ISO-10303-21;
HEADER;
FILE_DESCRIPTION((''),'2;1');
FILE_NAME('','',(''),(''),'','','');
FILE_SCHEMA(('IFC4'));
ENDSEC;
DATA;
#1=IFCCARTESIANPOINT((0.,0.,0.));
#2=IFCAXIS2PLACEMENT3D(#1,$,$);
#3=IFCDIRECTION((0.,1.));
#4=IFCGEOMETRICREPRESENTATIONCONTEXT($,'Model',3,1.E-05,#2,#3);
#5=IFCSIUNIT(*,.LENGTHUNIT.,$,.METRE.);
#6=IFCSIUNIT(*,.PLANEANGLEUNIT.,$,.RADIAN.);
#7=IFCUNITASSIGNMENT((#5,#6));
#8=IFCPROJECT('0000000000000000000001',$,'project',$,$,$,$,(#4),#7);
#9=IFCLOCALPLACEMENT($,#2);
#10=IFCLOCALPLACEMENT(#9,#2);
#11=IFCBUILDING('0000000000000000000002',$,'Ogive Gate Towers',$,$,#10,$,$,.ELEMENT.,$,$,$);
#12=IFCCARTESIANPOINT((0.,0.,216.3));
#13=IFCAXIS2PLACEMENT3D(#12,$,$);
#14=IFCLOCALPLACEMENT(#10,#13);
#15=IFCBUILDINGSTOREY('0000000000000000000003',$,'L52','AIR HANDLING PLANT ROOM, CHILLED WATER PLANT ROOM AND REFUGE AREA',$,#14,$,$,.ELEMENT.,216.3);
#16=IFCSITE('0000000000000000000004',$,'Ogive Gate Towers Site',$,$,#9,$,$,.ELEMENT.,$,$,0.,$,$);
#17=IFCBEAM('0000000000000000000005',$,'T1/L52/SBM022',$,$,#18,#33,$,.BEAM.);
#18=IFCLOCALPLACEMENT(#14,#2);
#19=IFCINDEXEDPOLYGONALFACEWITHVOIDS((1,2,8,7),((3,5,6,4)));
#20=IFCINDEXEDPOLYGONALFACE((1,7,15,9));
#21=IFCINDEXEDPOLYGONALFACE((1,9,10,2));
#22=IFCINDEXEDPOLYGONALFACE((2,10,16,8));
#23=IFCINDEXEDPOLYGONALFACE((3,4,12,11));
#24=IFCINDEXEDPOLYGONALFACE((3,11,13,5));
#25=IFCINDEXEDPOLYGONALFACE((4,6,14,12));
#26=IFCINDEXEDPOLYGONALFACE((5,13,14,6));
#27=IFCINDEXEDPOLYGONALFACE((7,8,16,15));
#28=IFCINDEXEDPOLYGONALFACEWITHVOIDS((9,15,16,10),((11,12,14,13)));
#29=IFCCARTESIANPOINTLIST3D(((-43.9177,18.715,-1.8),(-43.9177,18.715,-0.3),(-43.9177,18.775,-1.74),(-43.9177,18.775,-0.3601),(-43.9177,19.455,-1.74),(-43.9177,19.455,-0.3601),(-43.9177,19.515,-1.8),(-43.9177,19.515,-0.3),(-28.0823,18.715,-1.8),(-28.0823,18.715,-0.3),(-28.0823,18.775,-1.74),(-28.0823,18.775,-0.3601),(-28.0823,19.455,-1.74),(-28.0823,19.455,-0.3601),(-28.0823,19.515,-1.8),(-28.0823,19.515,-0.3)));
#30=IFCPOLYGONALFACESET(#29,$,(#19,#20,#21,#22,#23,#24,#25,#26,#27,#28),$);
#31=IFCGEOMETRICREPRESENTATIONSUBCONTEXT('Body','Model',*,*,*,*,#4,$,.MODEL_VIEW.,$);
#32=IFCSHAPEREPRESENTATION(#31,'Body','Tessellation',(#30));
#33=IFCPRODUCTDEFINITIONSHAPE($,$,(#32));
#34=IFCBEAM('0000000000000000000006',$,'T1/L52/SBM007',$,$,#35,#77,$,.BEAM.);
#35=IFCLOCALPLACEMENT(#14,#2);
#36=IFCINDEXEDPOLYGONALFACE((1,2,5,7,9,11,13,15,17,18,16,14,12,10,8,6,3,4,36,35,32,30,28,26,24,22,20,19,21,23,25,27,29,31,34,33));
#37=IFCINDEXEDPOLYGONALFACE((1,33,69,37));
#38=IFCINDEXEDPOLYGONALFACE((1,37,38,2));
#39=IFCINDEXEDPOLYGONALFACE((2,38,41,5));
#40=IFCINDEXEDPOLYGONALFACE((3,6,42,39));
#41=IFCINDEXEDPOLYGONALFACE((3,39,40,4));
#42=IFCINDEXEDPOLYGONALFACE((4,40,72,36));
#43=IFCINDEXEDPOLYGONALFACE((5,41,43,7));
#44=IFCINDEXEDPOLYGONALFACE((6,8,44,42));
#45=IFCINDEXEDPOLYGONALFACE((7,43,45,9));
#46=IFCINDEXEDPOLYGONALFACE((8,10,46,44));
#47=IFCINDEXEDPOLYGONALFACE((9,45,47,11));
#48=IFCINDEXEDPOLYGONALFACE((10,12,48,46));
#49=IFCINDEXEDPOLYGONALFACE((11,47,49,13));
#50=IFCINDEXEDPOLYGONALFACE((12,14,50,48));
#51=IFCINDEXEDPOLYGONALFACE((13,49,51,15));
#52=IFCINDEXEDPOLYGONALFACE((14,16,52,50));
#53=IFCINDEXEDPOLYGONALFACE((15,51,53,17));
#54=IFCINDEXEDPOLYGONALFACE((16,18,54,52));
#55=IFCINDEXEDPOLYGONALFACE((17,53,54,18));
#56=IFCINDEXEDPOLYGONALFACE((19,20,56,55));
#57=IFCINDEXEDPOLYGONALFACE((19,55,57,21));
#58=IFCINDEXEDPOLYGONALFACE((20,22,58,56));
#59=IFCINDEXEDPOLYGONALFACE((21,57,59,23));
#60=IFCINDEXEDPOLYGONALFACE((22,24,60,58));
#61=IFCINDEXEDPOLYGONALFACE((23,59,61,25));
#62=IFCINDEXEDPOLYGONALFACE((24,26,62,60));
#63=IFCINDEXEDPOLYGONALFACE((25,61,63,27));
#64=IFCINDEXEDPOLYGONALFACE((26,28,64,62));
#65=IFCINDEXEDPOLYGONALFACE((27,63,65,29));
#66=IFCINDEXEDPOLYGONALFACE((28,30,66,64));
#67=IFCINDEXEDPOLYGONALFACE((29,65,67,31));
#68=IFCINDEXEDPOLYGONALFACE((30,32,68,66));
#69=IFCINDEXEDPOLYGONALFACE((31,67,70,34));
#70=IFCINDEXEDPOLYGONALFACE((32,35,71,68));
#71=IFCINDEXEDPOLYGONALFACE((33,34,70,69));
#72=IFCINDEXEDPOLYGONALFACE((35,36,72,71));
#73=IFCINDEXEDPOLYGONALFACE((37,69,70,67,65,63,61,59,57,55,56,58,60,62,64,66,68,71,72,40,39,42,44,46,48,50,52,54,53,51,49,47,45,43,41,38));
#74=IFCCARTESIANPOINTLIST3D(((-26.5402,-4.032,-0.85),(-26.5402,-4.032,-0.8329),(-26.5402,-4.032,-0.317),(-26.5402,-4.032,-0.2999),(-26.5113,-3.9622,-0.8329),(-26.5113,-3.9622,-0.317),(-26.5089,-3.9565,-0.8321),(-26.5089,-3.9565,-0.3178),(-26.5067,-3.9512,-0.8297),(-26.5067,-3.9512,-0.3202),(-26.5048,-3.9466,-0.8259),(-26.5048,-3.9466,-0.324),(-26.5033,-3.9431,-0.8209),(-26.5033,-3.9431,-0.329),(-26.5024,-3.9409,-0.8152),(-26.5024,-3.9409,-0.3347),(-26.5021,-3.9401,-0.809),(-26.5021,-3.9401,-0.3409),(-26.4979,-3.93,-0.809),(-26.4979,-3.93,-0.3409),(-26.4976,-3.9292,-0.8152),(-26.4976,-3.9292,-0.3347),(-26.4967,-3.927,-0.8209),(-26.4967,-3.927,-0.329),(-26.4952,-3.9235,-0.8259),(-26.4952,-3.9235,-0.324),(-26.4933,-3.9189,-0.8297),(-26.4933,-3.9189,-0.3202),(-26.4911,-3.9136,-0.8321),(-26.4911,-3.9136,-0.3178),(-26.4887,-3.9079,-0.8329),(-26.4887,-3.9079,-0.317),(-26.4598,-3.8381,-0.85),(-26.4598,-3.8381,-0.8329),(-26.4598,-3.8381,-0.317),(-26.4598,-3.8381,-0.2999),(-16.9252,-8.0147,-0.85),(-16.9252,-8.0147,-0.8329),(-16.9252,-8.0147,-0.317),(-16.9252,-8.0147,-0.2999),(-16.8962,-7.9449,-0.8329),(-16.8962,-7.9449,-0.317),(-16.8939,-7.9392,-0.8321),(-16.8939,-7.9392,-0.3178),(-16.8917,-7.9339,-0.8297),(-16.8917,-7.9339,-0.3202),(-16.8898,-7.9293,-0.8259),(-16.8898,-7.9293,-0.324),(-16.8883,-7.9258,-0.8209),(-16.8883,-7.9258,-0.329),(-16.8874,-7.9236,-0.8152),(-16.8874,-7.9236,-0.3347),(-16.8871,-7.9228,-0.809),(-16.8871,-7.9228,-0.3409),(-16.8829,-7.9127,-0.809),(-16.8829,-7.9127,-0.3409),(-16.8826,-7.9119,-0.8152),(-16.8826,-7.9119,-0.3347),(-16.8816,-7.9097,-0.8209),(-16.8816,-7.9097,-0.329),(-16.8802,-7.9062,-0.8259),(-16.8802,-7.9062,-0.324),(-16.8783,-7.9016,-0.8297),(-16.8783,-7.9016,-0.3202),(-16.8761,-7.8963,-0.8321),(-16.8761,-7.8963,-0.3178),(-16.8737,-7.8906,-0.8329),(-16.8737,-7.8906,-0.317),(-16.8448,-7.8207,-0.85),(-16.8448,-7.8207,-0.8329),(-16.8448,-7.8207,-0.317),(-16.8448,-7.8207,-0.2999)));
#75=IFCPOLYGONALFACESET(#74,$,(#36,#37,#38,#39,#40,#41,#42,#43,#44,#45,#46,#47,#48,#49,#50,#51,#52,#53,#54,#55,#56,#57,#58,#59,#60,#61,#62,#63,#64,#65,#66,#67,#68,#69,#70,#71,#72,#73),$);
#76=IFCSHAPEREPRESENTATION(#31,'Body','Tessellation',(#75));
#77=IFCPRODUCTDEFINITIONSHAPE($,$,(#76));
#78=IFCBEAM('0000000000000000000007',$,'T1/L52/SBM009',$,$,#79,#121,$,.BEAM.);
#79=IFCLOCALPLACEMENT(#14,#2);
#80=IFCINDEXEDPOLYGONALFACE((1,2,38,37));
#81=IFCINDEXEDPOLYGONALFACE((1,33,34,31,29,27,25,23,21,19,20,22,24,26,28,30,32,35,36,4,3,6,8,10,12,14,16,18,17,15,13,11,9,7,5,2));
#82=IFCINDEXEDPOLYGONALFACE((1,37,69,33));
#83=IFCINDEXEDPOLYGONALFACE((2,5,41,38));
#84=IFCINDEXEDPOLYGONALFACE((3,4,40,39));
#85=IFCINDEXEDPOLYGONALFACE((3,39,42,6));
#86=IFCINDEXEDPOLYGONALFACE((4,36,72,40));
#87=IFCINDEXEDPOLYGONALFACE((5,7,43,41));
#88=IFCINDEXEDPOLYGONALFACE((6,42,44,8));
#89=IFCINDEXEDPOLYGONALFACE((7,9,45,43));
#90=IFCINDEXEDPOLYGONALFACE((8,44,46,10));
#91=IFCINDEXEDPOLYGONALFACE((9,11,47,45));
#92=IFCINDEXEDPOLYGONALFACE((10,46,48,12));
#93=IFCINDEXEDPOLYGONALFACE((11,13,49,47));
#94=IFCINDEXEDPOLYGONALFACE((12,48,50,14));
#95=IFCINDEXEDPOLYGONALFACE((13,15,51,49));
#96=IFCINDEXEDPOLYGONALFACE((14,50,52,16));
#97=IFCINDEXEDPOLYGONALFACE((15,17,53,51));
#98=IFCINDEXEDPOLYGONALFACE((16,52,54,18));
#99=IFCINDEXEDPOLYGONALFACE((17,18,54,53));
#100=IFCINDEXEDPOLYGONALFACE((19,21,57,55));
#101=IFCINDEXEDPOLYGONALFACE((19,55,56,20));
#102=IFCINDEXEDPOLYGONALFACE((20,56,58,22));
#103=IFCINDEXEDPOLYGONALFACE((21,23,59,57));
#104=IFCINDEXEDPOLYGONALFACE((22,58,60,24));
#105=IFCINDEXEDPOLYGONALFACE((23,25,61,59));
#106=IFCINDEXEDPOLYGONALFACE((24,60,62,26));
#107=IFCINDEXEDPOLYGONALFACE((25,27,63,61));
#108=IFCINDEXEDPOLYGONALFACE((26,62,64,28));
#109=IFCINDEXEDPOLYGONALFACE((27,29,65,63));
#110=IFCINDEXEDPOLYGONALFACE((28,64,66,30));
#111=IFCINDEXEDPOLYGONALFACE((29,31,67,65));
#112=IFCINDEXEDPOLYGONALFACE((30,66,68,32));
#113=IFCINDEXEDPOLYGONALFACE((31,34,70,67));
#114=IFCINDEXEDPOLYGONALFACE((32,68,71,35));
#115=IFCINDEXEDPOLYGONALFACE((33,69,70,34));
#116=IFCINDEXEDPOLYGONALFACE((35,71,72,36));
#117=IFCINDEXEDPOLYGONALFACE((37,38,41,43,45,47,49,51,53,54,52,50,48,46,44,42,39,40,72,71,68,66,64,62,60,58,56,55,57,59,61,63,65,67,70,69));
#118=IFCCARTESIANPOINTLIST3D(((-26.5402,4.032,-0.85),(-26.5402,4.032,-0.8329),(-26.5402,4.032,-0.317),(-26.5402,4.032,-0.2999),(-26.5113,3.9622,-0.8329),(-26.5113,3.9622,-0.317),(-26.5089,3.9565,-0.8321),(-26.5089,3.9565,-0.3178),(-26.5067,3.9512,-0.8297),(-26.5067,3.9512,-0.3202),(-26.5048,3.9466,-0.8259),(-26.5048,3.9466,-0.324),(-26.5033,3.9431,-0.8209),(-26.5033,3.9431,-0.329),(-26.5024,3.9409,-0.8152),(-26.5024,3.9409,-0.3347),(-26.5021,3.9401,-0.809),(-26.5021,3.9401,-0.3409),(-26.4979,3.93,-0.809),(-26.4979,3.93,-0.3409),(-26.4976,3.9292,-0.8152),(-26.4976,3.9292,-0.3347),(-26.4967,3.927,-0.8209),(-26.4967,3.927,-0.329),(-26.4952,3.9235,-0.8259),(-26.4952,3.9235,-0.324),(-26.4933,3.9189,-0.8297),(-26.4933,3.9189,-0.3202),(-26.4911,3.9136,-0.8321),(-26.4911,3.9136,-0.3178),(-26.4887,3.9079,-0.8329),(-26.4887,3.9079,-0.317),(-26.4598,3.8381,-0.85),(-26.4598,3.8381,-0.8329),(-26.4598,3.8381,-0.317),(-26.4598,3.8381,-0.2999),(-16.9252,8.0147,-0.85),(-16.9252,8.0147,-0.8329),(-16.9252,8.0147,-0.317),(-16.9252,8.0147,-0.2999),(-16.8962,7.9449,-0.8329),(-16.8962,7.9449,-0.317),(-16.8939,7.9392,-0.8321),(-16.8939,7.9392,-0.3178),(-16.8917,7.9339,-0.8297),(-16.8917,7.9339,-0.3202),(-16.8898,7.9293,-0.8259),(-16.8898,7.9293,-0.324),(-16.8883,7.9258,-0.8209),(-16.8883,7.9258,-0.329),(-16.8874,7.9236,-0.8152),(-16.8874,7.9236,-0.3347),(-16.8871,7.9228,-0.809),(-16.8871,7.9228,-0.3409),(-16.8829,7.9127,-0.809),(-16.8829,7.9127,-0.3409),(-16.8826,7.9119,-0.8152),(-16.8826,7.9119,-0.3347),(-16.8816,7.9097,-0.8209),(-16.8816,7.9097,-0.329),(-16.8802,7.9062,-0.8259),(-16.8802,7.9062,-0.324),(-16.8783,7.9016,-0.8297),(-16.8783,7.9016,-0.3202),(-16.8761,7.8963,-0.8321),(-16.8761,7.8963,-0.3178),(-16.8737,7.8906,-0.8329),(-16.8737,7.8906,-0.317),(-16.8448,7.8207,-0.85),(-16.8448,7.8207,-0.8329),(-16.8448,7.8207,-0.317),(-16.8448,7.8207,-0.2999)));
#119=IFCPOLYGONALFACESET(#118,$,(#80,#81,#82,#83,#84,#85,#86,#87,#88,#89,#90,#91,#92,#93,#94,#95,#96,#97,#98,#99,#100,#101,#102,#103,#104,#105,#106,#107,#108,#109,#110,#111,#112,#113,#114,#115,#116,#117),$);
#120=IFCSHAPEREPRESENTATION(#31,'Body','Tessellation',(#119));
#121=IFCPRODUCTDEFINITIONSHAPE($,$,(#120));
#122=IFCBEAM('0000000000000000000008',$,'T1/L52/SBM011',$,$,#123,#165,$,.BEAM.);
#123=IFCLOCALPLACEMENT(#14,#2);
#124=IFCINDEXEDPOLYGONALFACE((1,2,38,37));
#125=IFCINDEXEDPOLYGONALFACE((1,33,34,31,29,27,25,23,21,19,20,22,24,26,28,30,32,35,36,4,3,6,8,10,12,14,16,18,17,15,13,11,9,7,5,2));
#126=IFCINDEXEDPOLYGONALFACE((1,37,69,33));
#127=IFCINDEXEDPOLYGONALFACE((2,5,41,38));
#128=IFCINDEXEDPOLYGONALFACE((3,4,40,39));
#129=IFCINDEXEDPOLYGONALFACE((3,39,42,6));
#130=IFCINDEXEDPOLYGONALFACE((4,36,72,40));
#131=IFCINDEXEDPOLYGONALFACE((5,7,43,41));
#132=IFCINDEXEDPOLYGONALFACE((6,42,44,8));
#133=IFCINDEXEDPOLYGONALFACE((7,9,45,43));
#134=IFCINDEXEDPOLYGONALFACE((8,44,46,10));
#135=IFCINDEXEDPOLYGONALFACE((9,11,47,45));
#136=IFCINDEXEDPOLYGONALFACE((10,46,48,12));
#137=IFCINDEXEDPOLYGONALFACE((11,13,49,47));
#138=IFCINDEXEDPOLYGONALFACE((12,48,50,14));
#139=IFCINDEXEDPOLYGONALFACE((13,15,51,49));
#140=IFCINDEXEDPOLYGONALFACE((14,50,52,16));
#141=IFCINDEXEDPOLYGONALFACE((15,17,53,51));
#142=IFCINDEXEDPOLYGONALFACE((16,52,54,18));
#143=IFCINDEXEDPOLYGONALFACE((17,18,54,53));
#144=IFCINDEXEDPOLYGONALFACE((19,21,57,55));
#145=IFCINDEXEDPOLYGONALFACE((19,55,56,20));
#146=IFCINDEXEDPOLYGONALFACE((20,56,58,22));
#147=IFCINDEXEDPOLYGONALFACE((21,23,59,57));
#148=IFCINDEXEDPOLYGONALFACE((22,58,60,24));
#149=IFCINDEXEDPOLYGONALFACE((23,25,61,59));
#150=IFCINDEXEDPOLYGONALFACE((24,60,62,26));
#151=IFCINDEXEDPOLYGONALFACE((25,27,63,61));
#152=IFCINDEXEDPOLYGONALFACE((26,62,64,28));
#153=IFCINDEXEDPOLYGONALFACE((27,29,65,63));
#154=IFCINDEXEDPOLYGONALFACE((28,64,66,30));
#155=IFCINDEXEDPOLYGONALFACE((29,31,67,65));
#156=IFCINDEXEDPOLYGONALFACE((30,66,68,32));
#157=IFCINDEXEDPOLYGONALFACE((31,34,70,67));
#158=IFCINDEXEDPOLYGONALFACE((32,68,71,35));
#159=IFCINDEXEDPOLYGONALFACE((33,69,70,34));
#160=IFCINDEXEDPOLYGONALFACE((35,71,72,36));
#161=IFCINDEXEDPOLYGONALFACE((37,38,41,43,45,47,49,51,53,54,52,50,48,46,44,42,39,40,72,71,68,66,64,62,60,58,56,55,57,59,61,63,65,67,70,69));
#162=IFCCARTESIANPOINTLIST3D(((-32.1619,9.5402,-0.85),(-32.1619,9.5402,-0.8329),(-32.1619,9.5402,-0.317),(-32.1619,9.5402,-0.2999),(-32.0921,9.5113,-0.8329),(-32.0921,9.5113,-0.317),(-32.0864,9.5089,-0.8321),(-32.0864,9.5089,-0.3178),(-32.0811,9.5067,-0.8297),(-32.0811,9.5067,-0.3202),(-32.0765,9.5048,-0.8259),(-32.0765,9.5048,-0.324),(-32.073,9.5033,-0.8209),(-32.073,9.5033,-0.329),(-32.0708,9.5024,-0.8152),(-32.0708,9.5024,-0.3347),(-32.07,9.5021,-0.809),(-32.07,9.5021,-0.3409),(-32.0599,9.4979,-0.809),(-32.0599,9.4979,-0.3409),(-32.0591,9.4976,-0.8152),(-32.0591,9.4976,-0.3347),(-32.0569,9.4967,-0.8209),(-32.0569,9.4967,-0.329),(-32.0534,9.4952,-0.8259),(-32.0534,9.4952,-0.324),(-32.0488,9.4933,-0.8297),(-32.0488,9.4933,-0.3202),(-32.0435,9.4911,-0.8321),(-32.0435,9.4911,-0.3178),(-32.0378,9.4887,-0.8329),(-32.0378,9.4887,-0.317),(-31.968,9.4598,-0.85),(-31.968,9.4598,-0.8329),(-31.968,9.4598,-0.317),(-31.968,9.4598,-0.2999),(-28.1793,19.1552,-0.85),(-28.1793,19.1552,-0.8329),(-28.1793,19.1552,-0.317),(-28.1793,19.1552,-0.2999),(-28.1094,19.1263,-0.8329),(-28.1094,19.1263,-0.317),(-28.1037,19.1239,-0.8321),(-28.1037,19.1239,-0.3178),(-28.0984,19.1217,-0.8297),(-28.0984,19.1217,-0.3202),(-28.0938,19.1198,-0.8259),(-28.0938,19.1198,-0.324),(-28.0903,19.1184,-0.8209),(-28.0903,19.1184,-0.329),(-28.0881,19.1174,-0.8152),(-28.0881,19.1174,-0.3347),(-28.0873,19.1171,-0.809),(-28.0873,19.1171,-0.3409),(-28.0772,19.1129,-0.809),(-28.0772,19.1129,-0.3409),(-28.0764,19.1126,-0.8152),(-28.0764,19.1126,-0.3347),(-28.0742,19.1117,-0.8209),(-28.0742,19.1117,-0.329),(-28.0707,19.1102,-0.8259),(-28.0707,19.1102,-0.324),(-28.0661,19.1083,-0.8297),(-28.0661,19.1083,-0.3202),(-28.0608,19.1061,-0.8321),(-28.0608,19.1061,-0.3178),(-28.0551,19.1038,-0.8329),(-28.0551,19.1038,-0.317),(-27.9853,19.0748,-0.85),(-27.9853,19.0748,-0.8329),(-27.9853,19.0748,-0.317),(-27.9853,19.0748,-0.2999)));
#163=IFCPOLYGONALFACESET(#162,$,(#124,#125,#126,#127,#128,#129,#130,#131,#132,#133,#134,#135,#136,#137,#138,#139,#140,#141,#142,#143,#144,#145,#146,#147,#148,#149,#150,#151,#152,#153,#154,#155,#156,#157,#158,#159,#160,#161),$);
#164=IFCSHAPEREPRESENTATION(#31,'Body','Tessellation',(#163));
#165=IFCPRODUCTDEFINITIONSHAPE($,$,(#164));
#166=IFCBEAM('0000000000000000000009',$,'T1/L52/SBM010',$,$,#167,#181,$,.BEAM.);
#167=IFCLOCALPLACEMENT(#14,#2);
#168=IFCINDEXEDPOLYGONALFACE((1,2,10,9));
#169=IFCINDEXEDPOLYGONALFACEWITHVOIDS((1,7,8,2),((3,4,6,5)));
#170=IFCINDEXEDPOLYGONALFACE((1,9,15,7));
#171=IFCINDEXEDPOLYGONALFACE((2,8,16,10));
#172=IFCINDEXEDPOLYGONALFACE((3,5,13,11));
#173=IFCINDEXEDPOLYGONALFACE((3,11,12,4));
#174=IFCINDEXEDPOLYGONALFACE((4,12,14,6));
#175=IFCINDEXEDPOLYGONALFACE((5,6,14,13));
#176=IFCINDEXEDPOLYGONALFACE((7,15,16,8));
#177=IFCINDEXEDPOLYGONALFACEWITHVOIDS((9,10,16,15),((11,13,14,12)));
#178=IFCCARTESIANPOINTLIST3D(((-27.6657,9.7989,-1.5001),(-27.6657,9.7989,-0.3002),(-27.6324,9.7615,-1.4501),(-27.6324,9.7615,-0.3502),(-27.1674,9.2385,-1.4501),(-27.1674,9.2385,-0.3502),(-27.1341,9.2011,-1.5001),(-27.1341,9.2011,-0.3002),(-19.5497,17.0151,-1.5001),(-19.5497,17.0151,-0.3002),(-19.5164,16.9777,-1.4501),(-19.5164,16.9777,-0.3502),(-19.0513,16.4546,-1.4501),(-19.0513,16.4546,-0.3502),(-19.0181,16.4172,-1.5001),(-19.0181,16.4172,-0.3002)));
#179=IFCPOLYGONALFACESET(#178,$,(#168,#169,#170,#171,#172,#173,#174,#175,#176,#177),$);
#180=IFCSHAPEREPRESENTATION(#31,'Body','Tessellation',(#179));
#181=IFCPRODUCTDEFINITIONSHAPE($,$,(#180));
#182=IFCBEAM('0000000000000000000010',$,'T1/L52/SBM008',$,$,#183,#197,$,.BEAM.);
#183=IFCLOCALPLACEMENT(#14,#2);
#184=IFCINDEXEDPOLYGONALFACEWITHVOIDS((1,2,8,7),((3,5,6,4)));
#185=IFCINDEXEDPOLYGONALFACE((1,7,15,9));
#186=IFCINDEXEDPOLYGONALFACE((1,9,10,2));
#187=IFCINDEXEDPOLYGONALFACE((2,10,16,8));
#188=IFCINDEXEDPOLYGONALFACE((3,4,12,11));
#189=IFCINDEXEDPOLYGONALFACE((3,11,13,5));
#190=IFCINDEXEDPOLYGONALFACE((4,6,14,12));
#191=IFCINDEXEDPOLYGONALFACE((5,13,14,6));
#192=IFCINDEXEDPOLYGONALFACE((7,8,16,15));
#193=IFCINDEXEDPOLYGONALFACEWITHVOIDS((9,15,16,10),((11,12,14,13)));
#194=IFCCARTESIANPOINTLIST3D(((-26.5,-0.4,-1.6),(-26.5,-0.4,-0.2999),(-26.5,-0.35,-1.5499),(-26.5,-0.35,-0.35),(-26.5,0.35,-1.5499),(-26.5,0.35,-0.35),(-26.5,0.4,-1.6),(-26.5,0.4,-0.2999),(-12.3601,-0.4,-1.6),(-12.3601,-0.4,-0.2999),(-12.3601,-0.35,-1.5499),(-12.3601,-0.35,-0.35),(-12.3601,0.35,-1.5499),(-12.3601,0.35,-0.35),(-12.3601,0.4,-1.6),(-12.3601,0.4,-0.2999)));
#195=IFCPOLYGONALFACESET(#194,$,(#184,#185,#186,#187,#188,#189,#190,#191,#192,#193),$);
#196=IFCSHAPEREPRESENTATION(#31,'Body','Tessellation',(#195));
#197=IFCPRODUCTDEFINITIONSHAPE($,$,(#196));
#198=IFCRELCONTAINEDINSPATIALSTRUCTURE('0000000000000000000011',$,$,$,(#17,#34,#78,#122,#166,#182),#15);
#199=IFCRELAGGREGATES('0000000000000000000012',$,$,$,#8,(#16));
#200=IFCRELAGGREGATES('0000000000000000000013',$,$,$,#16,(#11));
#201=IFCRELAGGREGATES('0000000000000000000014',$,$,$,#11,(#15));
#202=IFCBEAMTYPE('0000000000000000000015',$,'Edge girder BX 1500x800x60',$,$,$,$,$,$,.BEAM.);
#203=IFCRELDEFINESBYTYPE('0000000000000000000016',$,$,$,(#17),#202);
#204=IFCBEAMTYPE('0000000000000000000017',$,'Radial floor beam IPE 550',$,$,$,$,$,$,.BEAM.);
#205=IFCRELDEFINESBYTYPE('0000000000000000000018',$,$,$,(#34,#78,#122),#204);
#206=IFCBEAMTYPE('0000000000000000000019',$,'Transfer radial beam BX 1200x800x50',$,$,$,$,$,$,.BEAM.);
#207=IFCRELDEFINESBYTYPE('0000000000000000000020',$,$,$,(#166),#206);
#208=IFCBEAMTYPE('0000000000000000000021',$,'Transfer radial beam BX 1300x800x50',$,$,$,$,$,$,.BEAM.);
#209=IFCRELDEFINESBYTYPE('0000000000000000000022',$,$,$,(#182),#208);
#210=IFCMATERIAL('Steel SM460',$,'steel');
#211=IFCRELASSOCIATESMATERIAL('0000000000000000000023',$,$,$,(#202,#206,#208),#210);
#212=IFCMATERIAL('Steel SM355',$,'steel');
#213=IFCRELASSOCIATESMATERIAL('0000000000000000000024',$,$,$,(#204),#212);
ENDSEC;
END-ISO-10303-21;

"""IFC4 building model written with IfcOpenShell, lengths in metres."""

from ifc_helpers import new_model, si_unit, direction, frame, origin, origin_2d, place, context, subcontext, project, spatial, hollow_rectangle, i_section, extrude, material, material_profile, profile_set, type_object, element, save


model = new_model("IFC4")

# Units and contexts
model_context = context("Model", 3, precision=1e-05, world=origin(), true_north=direction((0.0, 1.0)))
body_context = subcontext(model_context, "Body", "Model", "MODEL_VIEW")
ifc_project = project(units=[si_unit("LENGTHUNIT", "METRE"), si_unit("PLANEANGLEUNIT", "RADIAN")], contexts=[model_context])

# Site, building, storey
site_placement = place(None, origin())
site = spatial("IfcSite", under=ifc_project, at=site_placement, Name="Ogive Gate Towers Site", CompositionType="ELEMENT", RefElevation=0.0)
building_placement = place(site_placement, origin())
building = spatial("IfcBuilding", under=site, at=building_placement, Name="Ogive Gate Towers", CompositionType="ELEMENT")
storey_placement = place(building_placement, frame((0.0, 0.0, 216.3)))
storey = spatial("IfcBuildingStorey", under=building, at=storey_placement, Name="L52", Description="AIR HANDLING PLANT ROOM, CHILLED WATER PLANT ROOM AND REFUGE AREA", CompositionType="ELEMENT", Elevation=216.3)

# Beams
ifc_material_1 = material(Name="Steel SM460", Category="steel")
ifc_material_profile_1 = material_profile(ifc_material_1, hollow_rectangle(XDim=0.8, YDim=1.5, WallThickness=0.0601, at=origin_2d()), Name="BX 1500x800x60")
ifc_profile_set_1 = profile_set([ifc_material_profile_1], Name="Steel SM460")
beam_type_1 = type_object("IfcBeamType", Name="Edge girder BX 1500x800x60", PredefinedType="BEAM", material=ifc_profile_set_1)
beam_1_placement = place(storey_placement, frame((-28.0823, 19.115, -1.05), z_axis=(-1.0, 0.0, 0.0), x_axis=(0.0, -1.0, 0.0)))
element("IfcBeam", 1, at=beam_1_placement, inside=storey, type_object=beam_type_1, Name="T1/L52/SBM022", PredefinedType="BEAM", context=body_context, shape_type="SweptSolid", body=[
    extrude(hollow_rectangle(XDim=0.8, YDim=1.5, WallThickness=0.0601, at=origin_2d()), origin(), (0.0, 0.0, 1.0), 15.8354),
])
ifc_material_2 = material(Name="Steel SM355", Category="steel")
ifc_material_profile_2 = material_profile(ifc_material_2, i_section(OverallWidth=0.21, OverallDepth=0.55, WebThickness=0.011, FlangeThickness=0.0171, FilletRadius=0.0239, at=origin_2d()), Name="IPE 550")
ifc_profile_set_2 = profile_set([ifc_material_profile_2], Name="Steel SM355")
beam_type_2 = type_object("IfcBeamType", Name="Radial floor beam IPE 550", PredefinedType="BEAM", material=ifc_profile_set_2)
for number, where, z_axis, x_axis, name in (
    (2, (-26.5, -3.9351, -0.575), (0.923879, -0.382684, 0.0), (0.382684, 0.923879, 0.0), "T1/L52/SBM007"),
    (3, (-26.5, 3.9351, -0.575), (0.923879, 0.382684, 0.0), (-0.382684, 0.923879, 0.0), "T1/L52/SBM009"),
    (4, (-32.0649, 9.5, -0.575), (0.382684, 0.923879, 0.0), (-0.923879, 0.382684, 0.0), "T1/L52/SBM011"),
):
    element("IfcBeam", number, at=place(storey_placement, frame(where, z_axis=z_axis, x_axis=x_axis)), inside=storey, type_object=beam_type_2, Name=name, PredefinedType="BEAM", context=body_context, shape_type="SweptSolid", body=[
        extrude(i_section(OverallWidth=0.21, OverallDepth=0.55, WebThickness=0.011, FlangeThickness=0.0171, FilletRadius=0.0239, at=origin_2d()), origin(), (0.0, 0.0, 1.0), 10.4072),
    ])
ifc_material_profile_3 = material_profile(ifc_material_1, hollow_rectangle(XDim=0.8, YDim=1.2, WallThickness=0.05, at=origin_2d()), Name="BX 1200x800x50")
ifc_profile_set_3 = profile_set([ifc_material_profile_3], Name="Steel SM460")
beam_type_3 = type_object("IfcBeamType", Name="Transfer radial beam BX 1200x800x50", PredefinedType="BEAM", material=ifc_profile_set_3)
beam_2_placement = place(storey_placement, frame((-27.3999, 9.5, -0.9001), z_axis=(0.747324, 0.66446, 0.0), x_axis=(-0.66446, 0.747324, 0.0)))
element("IfcBeam", 5, at=beam_2_placement, inside=storey, type_object=beam_type_3, Name="T1/L52/SBM010", PredefinedType="BEAM", context=body_context, shape_type="SweptSolid", body=[
    extrude(hollow_rectangle(XDim=0.8, YDim=1.2, WallThickness=0.05, at=origin_2d()), origin(), (0.0, 0.0, 1.0), 10.8601),
])
ifc_material_profile_4 = material_profile(ifc_material_1, hollow_rectangle(XDim=0.8, YDim=1.3, WallThickness=0.05, at=origin_2d()), Name="BX 1300x800x50")
ifc_profile_set_4 = profile_set([ifc_material_profile_4], Name="Steel SM460")
beam_type_4 = type_object("IfcBeamType", Name="Transfer radial beam BX 1300x800x50", PredefinedType="BEAM", material=ifc_profile_set_4)
beam_3_placement = place(storey_placement, frame((-26.5, 0.0, -0.95), z_axis=(1.0, 0.0, 0.0), x_axis=(0.0, 1.0, 0.0)))
element("IfcBeam", 6, at=beam_3_placement, inside=storey, type_object=beam_type_4, Name="T1/L52/SBM008", PredefinedType="BEAM", context=body_context, shape_type="SweptSolid", body=[
    extrude(hollow_rectangle(XDim=0.8, YDim=1.3, WallThickness=0.05, at=origin_2d()), origin(), (0.0, 0.0, 1.0), 14.1399),
])

save(model, "model.ifc")
